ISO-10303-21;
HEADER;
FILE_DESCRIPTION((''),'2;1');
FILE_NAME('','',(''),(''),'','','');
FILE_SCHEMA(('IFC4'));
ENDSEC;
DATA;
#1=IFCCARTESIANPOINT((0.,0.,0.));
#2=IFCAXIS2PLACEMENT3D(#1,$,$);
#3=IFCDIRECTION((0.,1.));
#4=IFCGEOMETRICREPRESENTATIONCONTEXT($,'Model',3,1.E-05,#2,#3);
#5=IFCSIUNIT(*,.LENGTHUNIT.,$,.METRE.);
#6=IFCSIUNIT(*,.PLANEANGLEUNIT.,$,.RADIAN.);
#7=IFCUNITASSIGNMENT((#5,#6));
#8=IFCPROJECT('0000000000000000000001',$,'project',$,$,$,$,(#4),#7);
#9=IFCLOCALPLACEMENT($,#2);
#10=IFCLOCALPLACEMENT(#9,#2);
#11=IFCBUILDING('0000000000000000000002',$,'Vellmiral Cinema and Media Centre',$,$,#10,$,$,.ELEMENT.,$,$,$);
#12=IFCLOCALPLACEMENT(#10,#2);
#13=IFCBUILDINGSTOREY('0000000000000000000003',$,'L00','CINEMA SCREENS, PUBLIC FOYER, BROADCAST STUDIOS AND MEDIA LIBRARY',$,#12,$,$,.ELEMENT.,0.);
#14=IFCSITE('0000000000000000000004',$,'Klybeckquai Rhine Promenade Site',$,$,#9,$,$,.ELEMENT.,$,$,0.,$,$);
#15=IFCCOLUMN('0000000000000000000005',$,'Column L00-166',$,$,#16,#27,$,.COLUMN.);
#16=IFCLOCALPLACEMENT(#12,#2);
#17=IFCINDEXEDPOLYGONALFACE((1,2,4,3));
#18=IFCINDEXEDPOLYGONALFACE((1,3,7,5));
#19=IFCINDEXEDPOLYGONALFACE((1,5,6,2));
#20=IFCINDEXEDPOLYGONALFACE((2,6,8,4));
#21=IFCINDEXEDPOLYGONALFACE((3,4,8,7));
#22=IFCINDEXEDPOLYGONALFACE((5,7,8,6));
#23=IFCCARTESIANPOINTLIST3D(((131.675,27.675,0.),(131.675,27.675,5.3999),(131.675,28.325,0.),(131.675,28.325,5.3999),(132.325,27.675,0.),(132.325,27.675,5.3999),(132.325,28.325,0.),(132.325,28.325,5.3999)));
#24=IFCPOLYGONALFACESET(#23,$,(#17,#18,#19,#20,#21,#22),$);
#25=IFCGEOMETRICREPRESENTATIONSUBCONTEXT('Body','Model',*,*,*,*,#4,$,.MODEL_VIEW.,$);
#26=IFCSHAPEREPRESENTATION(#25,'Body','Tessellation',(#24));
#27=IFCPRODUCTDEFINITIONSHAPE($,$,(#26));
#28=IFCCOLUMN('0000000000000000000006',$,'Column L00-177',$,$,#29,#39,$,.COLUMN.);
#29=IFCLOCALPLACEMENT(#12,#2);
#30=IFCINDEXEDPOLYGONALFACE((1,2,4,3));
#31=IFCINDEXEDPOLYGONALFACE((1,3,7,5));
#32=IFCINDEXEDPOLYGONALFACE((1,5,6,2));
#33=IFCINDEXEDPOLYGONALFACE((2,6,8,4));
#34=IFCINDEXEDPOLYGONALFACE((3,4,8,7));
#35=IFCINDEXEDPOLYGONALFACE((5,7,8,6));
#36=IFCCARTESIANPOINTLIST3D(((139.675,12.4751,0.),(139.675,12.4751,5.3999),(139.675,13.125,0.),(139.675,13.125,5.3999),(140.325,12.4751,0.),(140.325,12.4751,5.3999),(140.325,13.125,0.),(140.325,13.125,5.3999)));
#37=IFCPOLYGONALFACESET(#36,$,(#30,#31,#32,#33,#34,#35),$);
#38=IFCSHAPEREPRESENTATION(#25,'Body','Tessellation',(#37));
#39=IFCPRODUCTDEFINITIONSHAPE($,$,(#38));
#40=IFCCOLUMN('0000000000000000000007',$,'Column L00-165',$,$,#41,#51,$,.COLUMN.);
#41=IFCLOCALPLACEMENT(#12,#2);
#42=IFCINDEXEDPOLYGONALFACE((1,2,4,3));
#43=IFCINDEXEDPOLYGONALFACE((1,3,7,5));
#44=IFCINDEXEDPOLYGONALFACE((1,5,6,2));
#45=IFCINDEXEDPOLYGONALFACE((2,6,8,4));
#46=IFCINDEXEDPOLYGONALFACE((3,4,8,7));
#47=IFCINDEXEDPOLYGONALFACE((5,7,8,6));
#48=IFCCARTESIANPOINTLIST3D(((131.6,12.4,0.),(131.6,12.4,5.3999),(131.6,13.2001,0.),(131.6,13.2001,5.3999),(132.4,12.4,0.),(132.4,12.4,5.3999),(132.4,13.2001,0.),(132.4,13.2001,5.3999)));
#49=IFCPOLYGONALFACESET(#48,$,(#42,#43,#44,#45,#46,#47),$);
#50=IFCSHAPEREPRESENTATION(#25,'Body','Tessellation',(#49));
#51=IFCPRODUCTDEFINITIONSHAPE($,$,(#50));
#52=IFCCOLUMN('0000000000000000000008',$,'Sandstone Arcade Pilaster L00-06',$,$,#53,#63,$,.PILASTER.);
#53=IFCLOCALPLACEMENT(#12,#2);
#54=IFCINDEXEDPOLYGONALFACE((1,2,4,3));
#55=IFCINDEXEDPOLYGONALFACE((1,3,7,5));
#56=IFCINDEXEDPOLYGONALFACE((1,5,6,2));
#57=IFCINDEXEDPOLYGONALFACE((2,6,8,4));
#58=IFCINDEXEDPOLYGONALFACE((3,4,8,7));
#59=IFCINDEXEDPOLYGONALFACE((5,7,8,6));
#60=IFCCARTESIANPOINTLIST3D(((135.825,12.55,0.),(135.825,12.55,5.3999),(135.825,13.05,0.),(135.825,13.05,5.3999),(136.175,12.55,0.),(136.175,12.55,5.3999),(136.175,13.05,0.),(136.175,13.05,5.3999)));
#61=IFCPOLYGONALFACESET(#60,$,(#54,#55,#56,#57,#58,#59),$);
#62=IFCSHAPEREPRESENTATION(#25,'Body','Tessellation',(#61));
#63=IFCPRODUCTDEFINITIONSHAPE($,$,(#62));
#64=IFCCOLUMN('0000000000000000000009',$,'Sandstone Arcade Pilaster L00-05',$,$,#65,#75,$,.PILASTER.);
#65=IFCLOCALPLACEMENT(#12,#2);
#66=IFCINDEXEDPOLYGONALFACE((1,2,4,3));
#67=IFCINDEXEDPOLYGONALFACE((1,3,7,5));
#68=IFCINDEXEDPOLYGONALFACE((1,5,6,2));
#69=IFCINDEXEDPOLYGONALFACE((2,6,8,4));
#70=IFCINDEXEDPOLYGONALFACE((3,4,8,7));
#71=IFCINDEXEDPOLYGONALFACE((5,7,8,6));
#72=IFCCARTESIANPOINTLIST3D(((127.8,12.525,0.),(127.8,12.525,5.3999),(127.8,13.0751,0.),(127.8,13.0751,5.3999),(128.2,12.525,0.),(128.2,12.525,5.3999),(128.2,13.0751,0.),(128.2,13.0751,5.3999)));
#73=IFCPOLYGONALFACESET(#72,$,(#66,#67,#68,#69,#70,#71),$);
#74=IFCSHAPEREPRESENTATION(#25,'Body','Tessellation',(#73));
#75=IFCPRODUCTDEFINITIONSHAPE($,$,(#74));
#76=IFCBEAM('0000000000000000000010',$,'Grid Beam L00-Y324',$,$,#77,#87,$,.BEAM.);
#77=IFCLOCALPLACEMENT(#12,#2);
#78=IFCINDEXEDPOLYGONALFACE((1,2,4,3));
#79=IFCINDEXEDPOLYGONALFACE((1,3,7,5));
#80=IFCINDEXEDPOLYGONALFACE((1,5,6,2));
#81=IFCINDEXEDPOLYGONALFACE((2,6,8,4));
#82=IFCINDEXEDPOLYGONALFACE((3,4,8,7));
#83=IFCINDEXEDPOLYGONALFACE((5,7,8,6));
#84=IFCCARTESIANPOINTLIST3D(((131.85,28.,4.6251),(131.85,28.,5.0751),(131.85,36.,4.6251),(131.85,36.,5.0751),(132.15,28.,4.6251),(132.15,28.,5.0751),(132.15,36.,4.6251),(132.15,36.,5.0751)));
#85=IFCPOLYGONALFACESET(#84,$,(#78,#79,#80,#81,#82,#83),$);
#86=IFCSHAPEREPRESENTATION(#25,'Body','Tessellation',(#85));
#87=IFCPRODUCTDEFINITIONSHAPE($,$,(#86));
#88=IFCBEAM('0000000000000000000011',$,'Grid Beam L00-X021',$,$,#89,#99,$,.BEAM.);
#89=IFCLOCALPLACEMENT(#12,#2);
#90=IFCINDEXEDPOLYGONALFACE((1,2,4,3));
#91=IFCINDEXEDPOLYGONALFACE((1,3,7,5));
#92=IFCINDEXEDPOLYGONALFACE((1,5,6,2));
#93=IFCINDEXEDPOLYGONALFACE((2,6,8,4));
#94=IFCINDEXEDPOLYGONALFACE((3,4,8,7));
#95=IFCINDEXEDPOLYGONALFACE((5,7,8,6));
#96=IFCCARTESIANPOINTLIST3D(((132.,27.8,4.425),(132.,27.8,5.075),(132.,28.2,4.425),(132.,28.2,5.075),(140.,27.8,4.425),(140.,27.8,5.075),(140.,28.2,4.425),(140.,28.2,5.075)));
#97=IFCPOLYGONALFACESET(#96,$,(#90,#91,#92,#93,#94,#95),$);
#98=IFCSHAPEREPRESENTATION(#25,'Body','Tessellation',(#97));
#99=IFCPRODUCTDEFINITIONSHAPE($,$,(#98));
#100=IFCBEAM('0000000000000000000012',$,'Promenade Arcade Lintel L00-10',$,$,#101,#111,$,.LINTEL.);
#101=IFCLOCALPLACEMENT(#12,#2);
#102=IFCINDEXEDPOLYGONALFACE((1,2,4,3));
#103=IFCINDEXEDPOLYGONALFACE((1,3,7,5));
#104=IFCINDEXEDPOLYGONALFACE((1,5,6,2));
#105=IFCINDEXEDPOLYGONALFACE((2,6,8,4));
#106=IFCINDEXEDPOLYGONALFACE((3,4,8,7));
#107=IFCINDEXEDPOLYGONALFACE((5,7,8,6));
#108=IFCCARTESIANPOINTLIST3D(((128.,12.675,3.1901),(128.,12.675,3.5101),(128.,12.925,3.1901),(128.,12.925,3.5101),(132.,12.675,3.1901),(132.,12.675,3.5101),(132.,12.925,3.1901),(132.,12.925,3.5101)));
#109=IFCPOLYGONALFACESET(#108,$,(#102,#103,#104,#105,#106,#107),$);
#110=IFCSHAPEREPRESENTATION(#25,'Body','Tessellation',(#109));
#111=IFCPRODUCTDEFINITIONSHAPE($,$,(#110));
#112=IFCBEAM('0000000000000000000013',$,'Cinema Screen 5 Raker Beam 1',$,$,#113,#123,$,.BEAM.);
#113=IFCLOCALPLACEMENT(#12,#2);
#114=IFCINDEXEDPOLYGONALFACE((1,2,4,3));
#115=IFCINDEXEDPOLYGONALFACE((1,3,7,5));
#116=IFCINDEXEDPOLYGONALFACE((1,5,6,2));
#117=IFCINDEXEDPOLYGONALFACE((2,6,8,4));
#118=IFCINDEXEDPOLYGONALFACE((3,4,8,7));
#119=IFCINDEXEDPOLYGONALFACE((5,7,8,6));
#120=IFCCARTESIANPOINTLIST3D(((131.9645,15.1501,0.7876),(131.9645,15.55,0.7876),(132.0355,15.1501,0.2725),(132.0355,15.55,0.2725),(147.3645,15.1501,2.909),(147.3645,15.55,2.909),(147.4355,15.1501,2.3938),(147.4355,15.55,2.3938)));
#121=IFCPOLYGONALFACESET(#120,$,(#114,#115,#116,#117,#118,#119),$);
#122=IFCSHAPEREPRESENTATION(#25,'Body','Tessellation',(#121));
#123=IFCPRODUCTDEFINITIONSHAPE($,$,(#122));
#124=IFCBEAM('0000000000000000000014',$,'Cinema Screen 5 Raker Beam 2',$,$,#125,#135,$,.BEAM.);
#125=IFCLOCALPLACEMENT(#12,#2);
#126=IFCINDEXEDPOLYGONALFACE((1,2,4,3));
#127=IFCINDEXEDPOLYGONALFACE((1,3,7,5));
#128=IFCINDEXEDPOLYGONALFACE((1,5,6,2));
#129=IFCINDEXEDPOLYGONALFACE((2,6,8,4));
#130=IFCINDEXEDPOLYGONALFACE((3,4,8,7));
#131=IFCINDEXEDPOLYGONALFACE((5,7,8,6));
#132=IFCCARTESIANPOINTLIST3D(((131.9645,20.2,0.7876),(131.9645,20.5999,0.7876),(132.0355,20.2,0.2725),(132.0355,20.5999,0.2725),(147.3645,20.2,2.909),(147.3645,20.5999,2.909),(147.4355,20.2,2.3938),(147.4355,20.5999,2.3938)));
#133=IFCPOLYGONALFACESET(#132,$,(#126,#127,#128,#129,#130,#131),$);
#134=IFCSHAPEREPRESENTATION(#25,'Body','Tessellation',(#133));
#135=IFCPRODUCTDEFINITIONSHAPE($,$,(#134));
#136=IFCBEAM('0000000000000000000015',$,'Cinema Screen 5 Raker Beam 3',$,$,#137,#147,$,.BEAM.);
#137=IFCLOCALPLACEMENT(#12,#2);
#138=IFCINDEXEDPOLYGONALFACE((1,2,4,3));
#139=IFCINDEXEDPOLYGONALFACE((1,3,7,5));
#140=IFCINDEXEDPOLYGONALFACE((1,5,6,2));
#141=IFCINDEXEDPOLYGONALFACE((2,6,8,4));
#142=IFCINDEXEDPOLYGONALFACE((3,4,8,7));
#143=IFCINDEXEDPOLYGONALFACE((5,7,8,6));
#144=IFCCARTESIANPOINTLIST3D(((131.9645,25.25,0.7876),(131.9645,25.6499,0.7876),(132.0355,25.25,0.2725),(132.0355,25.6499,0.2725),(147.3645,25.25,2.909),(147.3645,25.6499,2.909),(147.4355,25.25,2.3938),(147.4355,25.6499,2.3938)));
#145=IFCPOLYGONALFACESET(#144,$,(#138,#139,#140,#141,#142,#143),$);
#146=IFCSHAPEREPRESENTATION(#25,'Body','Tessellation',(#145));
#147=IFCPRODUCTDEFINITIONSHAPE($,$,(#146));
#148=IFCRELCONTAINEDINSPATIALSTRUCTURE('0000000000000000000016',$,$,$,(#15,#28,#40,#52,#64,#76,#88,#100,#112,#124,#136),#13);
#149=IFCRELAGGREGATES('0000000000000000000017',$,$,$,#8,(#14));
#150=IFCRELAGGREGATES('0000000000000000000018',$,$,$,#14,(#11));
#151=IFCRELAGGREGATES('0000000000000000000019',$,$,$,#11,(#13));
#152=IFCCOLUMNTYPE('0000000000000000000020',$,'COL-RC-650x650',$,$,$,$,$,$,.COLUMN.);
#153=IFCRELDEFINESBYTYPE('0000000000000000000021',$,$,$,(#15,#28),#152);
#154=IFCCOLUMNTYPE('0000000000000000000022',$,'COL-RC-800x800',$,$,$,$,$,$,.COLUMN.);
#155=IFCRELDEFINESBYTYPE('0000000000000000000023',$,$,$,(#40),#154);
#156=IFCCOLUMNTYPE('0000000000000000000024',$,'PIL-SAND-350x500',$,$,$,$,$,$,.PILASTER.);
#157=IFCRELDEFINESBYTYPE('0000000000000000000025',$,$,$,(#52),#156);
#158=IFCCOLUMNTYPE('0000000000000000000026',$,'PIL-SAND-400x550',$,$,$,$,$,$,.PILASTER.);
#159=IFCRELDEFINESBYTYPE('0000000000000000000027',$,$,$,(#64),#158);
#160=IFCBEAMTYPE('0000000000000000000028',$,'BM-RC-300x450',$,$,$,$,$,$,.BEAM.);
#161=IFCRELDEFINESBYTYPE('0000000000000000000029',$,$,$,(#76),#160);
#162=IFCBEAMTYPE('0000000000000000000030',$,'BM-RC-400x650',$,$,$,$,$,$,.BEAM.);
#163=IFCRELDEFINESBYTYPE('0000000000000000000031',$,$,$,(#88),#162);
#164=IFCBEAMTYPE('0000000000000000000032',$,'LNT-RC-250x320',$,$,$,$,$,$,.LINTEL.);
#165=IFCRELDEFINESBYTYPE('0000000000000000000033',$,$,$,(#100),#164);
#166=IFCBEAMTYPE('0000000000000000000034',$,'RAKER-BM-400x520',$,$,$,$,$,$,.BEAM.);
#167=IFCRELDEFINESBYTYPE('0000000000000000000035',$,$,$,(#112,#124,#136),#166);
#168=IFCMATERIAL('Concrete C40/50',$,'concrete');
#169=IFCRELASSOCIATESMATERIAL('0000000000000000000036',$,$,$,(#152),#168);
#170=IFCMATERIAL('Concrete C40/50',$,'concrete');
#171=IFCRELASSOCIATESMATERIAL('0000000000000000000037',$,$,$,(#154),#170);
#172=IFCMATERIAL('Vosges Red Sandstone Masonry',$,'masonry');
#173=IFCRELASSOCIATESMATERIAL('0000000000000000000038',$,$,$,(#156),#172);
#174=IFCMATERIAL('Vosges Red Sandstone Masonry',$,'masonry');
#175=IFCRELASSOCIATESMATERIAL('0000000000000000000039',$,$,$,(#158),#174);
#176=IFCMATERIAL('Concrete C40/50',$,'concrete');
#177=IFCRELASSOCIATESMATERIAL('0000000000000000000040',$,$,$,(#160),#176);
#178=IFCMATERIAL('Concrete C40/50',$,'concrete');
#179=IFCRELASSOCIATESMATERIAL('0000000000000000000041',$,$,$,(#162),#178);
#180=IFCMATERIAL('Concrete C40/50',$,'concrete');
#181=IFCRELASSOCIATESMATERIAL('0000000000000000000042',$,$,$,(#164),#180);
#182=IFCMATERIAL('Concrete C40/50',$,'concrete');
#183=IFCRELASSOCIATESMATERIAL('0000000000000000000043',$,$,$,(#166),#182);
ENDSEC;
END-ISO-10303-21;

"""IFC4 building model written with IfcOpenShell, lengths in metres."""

from ifc_helpers import new_model, si_unit, direction, frame, origin, origin_2d, place, context, subcontext, project, spatial, rectangle, extrude, material, material_profile, profile_set, type_object, element, save


model = new_model("IFC4")

# Units and contexts
model_context = context("Model", 3, precision=1e-05, world=origin(), true_north=direction((0.0, 1.0)))
body_context = subcontext(model_context, "Body", "Model", "MODEL_VIEW")
ifc_project = project(units=[si_unit("LENGTHUNIT", "METRE"), si_unit("PLANEANGLEUNIT", "RADIAN")], contexts=[model_context])

# Site, building, storey
site_placement = place(None, origin())
site = spatial("IfcSite", under=ifc_project, at=site_placement, Name="Klybeckquai Rhine Promenade Site", CompositionType="ELEMENT", RefElevation=0.0)
building_placement = place(site_placement, origin())
building = spatial("IfcBuilding", under=site, at=building_placement, Name="Vellmiral Cinema and Media Centre", CompositionType="ELEMENT")
storey_placement = place(building_placement, origin())
storey = spatial("IfcBuildingStorey", under=building, at=storey_placement, Name="L00", Description="CINEMA SCREENS, PUBLIC FOYER, BROADCAST STUDIOS AND MEDIA LIBRARY", CompositionType="ELEMENT", Elevation=0.0)

# Columns
ifc_material_1 = material(Name="Concrete C40/50", Category="concrete")
ifc_material_profile_1 = material_profile(ifc_material_1, rectangle(XDim=0.6499, YDim=0.6499, at=origin_2d()), Name="RC 650x650")
ifc_profile_set_1 = profile_set([ifc_material_profile_1], Name="Concrete C40/50")
column_type_1 = type_object("IfcColumnType", Name="COL-RC-650x650", PredefinedType="COLUMN", material=ifc_profile_set_1)
for number, where, z_axis, x_axis, name in (
    (1, (132.0, 28.0, 0.0), (0.0, 0.0, 1.0), (1.0, 0.0, 0.0), "Column L00-166"),
    (2, (140.0, 12.8, 0.0), (0.0, 0.0, 1.0), (1.0, 0.0, 0.0), "Column L00-177"),
):
    element("IfcColumn", number, at=place(storey_placement, frame(where, z_axis=z_axis, x_axis=x_axis)), inside=storey, type_object=column_type_1, Name=name, PredefinedType="COLUMN", context=body_context, shape_type="SweptSolid", body=[
        extrude(rectangle(XDim=0.6499, YDim=0.6499, at=origin_2d()), origin(), (0.0, 0.0, 1.0), 5.3999),
    ])
ifc_material_2 = material(Name="Concrete C40/50", Category="concrete")
ifc_material_profile_2 = material_profile(ifc_material_2, rectangle(XDim=0.8, YDim=0.8, at=origin_2d()), Name="RC 800x800")
ifc_profile_set_2 = profile_set([ifc_material_profile_2], Name="Concrete C40/50")
column_type_2 = type_object("IfcColumnType", Name="COL-RC-800x800", PredefinedType="COLUMN", material=ifc_profile_set_2)
column_1_placement = place(storey_placement, frame((132.0, 12.8, 0.0), z_axis=(0.0, 0.0, 1.0), x_axis=(1.0, 0.0, 0.0)))
element("IfcColumn", 3, at=column_1_placement, inside=storey, type_object=column_type_2, Name="Column L00-165", PredefinedType="COLUMN", context=body_context, shape_type="SweptSolid", body=[
    extrude(rectangle(XDim=0.8, YDim=0.8, at=origin_2d()), origin(), (0.0, 0.0, 1.0), 5.3999),
])
ifc_material_3 = material(Name="Vosges Red Sandstone Masonry", Category="masonry")
ifc_material_profile_3 = material_profile(ifc_material_3, rectangle(XDim=0.3501, YDim=0.5, at=origin_2d()), Name="SAND 350x500")
ifc_profile_set_3 = profile_set([ifc_material_profile_3], Name="Vosges Red Sandstone Masonry")
column_type_3 = type_object("IfcColumnType", Name="PIL-SAND-350x500", PredefinedType="PILASTER", material=ifc_profile_set_3)
column_2_placement = place(storey_placement, frame((136.0, 12.8, 0.0), z_axis=(0.0, 0.0, 1.0), x_axis=(1.0, 0.0, 0.0)))
element("IfcColumn", 4, at=column_2_placement, inside=storey, type_object=column_type_3, Name="Sandstone Arcade Pilaster L00-06", PredefinedType="PILASTER", context=body_context, shape_type="SweptSolid", body=[
    extrude(rectangle(XDim=0.3501, YDim=0.5, at=origin_2d()), origin(), (0.0, 0.0, 1.0), 5.3999),
])
ifc_material_4 = material(Name="Vosges Red Sandstone Masonry", Category="masonry")
ifc_material_profile_4 = material_profile(ifc_material_4, rectangle(XDim=0.3999, YDim=0.55, at=origin_2d()), Name="SAND 400x550")
ifc_profile_set_4 = profile_set([ifc_material_profile_4], Name="Vosges Red Sandstone Masonry")
column_type_4 = type_object("IfcColumnType", Name="PIL-SAND-400x550", PredefinedType="PILASTER", material=ifc_profile_set_4)
column_3_placement = place(storey_placement, frame((128.0, 12.8, 0.0), z_axis=(0.0, 0.0, 1.0), x_axis=(1.0, 0.0, 0.0)))
element("IfcColumn", 5, at=column_3_placement, inside=storey, type_object=column_type_4, Name="Sandstone Arcade Pilaster L00-05", PredefinedType="PILASTER", context=body_context, shape_type="SweptSolid", body=[
    extrude(rectangle(XDim=0.3999, YDim=0.55, at=origin_2d()), origin(), (0.0, 0.0, 1.0), 5.3999),
])

# Beams
ifc_material_5 = material(Name="Concrete C40/50", Category="concrete")
ifc_material_profile_5 = material_profile(ifc_material_5, rectangle(XDim=0.3, YDim=0.45, at=origin_2d()), Name="RC 300x450")
ifc_profile_set_5 = profile_set([ifc_material_profile_5], Name="Concrete C40/50")
beam_type_1 = type_object("IfcBeamType", Name="BM-RC-300x450", PredefinedType="BEAM", material=ifc_profile_set_5)
beam_1_placement = place(storey_placement, frame((132.0, 28.0, 4.8501), z_axis=(0.0, 1.0, 0.0), x_axis=(-1.0, 0.0, 0.0)))
element("IfcBeam", 6, at=beam_1_placement, inside=storey, type_object=beam_type_1, Name="Grid Beam L00-Y324", PredefinedType="BEAM", context=body_context, shape_type="SweptSolid", body=[
    extrude(rectangle(XDim=0.3, YDim=0.45, at=origin_2d()), origin(), (0.0, 0.0, 1.0), 8.0),
])
ifc_material_6 = material(Name="Concrete C40/50", Category="concrete")
ifc_material_profile_6 = material_profile(ifc_material_6, rectangle(XDim=0.3999, YDim=0.6499, at=origin_2d()), Name="RC 400x650")
ifc_profile_set_6 = profile_set([ifc_material_profile_6], Name="Concrete C40/50")
beam_type_2 = type_object("IfcBeamType", Name="BM-RC-400x650", PredefinedType="BEAM", material=ifc_profile_set_6)
beam_2_placement = place(storey_placement, frame((132.0, 28.0, 4.75), z_axis=(1.0, 0.0, 0.0), x_axis=(0.0, 1.0, 0.0)))
element("IfcBeam", 7, at=beam_2_placement, inside=storey, type_object=beam_type_2, Name="Grid Beam L00-X021", PredefinedType="BEAM", context=body_context, shape_type="SweptSolid", body=[
    extrude(rectangle(XDim=0.3999, YDim=0.6499, at=origin_2d()), origin(), (0.0, 0.0, 1.0), 8.0),
])
ifc_material_7 = material(Name="Concrete C40/50", Category="concrete")
ifc_material_profile_7 = material_profile(ifc_material_7, rectangle(XDim=0.25, YDim=0.3201, at=origin_2d()), Name="RC 250x320")
ifc_profile_set_7 = profile_set([ifc_material_profile_7], Name="Concrete C40/50")
beam_type_3 = type_object("IfcBeamType", Name="LNT-RC-250x320", PredefinedType="LINTEL", material=ifc_profile_set_7)
beam_3_placement = place(storey_placement, frame((128.0, 12.8, 3.3501), z_axis=(1.0, 0.0, 0.0), x_axis=(0.0, 1.0, 0.0)))
element("IfcBeam", 8, at=beam_3_placement, inside=storey, type_object=beam_type_3, Name="Promenade Arcade Lintel L00-10", PredefinedType="LINTEL", context=body_context, shape_type="SweptSolid", body=[
    extrude(rectangle(XDim=0.25, YDim=0.3201, at=origin_2d()), origin(), (0.0, 0.0, 1.0), 4.0),
])
ifc_material_8 = material(Name="Concrete C40/50", Category="concrete")
ifc_material_profile_8 = material_profile(ifc_material_8, rectangle(XDim=0.3999, YDim=0.52, at=origin_2d()), Name="RC 400x520")
ifc_profile_set_8 = profile_set([ifc_material_profile_8], Name="Concrete C40/50")
beam_type_4 = type_object("IfcBeamType", Name="RAKER-BM-400x520", PredefinedType="BEAM", material=ifc_profile_set_8)
for number, where, z_axis, x_axis, name in (
    (9, (132.0, 15.3501, 0.53), (0.990645, 0.0, 0.136461), (0.0, 1.0, 0.0), "Cinema Screen 5 Raker Beam 1"),
    (10, (132.0, 20.3999, 0.53), (0.990645, 0.0, 0.136461), (0.0, 1.0, 0.0), "Cinema Screen 5 Raker Beam 2"),
    (11, (132.0, 25.45, 0.53), (0.990645, 0.0, 0.136461), (0.0, 1.0, 0.0), "Cinema Screen 5 Raker Beam 3"),
):
    element("IfcBeam", number, at=place(storey_placement, frame(where, z_axis=z_axis, x_axis=x_axis)), inside=storey, type_object=beam_type_4, Name=name, PredefinedType="BEAM", context=body_context, shape_type="SweptSolid", body=[
        extrude(rectangle(XDim=0.3999, YDim=0.52, at=origin_2d()), origin(), (0.0, 0.0, 1.0), 15.5454),
    ])

save(model, "model.ifc")
